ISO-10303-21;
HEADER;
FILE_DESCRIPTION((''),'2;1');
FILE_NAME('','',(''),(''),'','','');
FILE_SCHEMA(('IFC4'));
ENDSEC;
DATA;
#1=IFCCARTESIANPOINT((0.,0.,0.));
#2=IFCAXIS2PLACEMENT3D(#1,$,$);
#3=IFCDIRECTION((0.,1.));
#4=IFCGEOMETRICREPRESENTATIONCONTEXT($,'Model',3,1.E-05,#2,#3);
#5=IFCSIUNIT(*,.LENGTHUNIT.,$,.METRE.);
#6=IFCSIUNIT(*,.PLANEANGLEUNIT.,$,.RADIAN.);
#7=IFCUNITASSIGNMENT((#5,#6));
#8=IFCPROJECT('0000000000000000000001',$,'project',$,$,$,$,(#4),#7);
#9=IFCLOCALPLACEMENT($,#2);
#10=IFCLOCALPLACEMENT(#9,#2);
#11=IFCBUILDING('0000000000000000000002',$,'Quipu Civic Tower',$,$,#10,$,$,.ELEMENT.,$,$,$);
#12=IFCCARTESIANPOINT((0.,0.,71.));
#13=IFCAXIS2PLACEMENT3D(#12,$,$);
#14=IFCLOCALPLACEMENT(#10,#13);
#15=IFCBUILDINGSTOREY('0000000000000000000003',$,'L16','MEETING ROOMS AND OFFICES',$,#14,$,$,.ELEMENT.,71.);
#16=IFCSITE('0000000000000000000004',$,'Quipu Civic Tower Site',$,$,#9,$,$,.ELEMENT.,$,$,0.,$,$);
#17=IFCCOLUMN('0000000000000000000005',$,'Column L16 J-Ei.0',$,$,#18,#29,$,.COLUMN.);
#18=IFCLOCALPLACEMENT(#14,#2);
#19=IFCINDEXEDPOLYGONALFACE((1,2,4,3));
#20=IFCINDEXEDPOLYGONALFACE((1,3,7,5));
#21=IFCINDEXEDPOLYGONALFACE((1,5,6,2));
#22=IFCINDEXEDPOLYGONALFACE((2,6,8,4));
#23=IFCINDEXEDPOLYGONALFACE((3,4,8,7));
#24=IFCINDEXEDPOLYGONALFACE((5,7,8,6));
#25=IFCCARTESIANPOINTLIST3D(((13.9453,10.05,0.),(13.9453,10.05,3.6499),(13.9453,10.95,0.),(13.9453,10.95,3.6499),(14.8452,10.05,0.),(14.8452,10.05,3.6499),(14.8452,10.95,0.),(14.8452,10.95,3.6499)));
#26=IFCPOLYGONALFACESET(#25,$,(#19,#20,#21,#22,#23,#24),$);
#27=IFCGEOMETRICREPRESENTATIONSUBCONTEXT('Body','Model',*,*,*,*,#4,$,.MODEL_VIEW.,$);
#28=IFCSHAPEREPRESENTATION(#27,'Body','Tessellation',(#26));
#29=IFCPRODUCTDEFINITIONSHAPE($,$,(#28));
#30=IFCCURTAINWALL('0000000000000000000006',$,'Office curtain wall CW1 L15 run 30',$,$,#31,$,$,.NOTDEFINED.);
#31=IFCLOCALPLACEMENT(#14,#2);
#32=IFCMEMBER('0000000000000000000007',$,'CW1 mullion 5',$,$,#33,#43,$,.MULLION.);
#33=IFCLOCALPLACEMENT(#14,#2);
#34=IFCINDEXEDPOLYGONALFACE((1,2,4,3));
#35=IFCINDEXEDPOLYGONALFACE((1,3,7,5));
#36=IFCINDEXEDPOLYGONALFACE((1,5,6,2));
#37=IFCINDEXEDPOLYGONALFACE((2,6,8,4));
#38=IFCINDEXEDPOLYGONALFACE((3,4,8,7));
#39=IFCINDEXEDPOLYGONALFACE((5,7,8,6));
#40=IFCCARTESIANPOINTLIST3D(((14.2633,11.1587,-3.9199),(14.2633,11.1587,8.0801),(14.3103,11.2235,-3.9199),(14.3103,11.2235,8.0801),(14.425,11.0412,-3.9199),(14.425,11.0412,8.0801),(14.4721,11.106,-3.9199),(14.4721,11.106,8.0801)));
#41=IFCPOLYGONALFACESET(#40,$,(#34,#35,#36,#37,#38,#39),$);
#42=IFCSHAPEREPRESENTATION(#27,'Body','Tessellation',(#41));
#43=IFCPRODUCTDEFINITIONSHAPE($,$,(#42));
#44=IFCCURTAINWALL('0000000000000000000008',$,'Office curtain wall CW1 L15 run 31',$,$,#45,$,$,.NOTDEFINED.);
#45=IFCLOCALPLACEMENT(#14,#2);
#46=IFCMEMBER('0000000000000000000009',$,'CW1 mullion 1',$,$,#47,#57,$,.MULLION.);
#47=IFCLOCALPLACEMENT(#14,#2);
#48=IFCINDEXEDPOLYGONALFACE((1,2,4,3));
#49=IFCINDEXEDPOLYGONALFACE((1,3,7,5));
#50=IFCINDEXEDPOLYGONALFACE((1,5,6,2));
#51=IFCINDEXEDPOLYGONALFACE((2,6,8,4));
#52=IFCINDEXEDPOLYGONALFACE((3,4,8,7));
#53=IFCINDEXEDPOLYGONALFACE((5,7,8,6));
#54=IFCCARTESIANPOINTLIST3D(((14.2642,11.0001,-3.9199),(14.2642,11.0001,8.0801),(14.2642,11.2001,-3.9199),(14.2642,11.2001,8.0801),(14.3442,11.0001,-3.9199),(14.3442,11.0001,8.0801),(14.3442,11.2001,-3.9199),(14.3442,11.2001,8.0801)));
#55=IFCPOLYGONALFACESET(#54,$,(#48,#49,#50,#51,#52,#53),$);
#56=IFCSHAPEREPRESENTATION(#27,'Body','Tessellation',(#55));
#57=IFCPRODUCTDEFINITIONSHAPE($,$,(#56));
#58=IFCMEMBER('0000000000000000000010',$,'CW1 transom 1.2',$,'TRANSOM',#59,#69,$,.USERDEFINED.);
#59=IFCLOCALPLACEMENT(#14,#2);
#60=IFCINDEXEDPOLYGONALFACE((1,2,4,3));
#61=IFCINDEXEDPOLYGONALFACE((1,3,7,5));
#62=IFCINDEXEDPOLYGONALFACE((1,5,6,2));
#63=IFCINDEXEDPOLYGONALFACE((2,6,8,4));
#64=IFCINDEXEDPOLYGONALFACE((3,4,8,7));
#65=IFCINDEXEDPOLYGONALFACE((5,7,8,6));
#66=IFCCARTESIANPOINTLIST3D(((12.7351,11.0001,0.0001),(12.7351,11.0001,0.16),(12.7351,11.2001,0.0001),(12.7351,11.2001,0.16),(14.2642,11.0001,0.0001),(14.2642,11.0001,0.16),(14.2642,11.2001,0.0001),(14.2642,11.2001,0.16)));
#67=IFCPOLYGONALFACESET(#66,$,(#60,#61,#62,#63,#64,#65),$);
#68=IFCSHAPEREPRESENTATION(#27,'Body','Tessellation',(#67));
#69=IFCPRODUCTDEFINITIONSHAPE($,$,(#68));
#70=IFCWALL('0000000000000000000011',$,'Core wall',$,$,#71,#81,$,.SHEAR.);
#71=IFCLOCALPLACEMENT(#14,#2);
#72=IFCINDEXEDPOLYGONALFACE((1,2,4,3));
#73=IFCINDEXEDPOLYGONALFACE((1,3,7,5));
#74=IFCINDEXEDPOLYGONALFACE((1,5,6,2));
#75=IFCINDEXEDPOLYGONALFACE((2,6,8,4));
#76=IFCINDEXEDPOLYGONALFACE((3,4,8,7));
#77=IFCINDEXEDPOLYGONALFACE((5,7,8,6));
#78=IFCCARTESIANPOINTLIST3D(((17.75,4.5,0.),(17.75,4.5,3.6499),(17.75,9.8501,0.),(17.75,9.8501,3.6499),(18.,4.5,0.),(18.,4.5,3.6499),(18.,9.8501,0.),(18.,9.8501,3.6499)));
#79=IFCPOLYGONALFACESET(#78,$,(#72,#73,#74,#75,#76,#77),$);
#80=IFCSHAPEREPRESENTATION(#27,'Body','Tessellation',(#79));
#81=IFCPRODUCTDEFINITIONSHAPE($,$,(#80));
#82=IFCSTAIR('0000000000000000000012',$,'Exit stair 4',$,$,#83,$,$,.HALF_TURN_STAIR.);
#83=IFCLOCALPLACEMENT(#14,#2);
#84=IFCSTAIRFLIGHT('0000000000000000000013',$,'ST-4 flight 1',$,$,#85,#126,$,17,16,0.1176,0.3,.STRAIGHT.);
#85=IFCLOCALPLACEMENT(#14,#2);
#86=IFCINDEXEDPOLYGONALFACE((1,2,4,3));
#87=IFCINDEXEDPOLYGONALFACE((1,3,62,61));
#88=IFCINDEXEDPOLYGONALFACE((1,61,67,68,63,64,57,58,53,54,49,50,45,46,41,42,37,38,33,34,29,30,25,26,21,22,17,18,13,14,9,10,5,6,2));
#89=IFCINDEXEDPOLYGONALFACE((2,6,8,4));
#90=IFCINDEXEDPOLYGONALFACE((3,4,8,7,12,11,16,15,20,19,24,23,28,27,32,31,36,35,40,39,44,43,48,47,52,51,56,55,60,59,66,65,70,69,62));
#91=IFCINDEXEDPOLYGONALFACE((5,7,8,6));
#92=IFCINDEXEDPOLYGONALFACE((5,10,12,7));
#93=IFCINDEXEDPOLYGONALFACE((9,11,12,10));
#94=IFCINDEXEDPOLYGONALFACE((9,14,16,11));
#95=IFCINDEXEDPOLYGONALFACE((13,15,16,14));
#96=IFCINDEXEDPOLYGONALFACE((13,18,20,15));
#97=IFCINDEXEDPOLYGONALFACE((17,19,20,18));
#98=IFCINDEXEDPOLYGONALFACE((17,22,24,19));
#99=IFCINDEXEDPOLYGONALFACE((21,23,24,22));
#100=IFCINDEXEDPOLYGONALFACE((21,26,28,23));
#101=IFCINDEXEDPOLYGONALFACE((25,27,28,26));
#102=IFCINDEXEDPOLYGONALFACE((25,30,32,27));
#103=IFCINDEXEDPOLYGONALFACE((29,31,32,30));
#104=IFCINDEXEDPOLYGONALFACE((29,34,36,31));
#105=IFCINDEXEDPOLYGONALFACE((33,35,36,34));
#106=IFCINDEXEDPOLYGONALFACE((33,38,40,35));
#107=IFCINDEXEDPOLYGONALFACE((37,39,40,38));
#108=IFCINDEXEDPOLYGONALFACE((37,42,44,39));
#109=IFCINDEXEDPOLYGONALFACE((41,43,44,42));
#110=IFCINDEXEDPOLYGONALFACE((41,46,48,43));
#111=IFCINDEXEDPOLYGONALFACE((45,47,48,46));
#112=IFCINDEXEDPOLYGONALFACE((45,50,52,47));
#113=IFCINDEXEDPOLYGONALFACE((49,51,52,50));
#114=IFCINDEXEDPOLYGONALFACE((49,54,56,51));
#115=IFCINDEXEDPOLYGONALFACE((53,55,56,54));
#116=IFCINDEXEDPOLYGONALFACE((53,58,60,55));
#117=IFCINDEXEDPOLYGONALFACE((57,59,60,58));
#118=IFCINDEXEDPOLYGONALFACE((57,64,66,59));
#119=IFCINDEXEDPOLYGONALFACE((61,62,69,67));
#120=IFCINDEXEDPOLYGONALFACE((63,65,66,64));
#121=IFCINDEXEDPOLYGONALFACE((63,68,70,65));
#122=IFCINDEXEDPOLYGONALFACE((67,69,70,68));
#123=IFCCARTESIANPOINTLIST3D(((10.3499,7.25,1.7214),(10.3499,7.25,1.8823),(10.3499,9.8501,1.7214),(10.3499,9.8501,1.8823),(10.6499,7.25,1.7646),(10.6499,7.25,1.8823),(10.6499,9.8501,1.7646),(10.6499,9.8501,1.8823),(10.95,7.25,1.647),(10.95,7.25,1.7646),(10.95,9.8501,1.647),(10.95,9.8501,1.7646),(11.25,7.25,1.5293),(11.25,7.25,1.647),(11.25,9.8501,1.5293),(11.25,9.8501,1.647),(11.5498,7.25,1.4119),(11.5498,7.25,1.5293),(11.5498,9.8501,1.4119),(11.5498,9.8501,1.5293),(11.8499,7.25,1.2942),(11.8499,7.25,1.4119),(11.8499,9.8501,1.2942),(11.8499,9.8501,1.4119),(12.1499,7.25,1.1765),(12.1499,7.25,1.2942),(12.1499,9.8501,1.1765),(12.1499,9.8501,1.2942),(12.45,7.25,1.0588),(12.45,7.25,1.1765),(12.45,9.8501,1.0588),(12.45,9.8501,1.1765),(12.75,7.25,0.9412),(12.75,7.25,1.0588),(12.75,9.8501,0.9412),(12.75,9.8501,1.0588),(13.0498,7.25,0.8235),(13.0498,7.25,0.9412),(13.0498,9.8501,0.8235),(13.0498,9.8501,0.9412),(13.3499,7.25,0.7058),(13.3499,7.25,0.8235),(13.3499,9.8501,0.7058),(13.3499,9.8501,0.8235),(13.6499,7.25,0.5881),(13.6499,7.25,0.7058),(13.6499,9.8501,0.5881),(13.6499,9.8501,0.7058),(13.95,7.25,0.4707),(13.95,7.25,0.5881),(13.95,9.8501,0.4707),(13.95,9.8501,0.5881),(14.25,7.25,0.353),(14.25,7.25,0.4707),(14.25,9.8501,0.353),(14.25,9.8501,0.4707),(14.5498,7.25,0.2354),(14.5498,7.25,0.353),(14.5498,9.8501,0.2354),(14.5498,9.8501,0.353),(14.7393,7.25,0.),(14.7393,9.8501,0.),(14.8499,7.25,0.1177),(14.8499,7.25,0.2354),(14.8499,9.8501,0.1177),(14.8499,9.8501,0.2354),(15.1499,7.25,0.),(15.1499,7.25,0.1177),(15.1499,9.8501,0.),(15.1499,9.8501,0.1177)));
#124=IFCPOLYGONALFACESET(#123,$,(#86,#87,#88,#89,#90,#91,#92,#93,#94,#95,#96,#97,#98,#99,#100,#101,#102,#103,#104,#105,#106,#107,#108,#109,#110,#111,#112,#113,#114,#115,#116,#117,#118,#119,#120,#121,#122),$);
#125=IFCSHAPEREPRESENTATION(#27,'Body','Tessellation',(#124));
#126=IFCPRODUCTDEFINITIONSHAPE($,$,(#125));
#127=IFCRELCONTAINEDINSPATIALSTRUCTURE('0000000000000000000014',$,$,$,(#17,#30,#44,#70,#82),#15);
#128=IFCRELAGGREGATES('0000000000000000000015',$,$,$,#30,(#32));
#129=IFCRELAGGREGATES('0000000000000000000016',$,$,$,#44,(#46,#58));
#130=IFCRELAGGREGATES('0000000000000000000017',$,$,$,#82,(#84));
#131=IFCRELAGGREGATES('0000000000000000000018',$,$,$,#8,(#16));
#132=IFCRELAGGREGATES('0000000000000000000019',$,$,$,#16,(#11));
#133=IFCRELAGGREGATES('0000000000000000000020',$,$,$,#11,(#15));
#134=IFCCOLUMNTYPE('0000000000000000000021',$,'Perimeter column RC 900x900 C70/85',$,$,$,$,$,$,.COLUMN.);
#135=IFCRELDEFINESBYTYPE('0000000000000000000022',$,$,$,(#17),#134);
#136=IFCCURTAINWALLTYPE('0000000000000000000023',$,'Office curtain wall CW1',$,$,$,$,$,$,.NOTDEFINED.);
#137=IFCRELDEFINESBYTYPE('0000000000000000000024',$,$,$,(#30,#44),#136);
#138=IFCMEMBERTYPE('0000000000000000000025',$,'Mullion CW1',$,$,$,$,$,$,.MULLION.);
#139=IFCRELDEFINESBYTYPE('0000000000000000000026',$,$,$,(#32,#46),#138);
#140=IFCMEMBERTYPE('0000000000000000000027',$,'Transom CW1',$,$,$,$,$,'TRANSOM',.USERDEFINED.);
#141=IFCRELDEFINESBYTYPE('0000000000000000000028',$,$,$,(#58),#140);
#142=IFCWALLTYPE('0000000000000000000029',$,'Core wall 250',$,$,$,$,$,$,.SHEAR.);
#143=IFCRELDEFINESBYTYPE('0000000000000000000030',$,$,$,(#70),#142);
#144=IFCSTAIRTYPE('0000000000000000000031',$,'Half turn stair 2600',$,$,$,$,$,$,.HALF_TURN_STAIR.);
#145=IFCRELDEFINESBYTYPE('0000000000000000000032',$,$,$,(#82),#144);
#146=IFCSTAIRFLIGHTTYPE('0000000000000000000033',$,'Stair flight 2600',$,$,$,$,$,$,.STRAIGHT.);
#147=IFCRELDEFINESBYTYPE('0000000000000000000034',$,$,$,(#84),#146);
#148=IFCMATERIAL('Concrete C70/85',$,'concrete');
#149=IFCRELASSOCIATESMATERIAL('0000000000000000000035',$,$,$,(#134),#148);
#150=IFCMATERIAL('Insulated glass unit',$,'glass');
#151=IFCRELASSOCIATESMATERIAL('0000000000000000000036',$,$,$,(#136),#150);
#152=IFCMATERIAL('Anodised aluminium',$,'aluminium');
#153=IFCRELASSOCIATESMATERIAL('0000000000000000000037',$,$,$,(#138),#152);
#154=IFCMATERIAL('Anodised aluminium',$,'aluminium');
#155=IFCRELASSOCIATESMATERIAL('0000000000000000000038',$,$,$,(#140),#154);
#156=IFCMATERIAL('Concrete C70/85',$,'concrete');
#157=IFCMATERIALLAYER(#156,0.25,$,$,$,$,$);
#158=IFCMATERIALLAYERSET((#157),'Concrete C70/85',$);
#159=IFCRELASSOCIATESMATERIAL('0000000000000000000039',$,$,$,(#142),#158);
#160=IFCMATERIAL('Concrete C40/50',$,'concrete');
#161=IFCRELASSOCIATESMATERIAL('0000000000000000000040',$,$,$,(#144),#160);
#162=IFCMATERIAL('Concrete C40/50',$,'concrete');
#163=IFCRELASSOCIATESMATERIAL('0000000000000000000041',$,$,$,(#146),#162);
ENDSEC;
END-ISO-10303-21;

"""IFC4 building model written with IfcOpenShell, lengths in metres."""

from ifc_helpers import new_model, si_unit, direction, frame, frame_2d, origin, origin_2d, place, context, subcontext, project, spatial, polyline, rectangle, outline, extrude, material, layer, layer_set, material_profile, profile_set, type_object, element, aggregate, save


model = new_model("IFC4")

# Units and contexts
model_context = context("Model", 3, precision=1e-05, world=origin(), true_north=direction((0.0, 1.0)))
body_context = subcontext(model_context, "Body", "Model", "MODEL_VIEW")
ifc_project = project(units=[si_unit("LENGTHUNIT", "METRE"), si_unit("PLANEANGLEUNIT", "RADIAN")], contexts=[model_context])

# Site, building, storey
site_placement = place(None, origin())
site = spatial("IfcSite", under=ifc_project, at=site_placement, Name="Quipu Civic Tower Site", CompositionType="ELEMENT", RefElevation=0.0)
building_placement = place(site_placement, origin())
building = spatial("IfcBuilding", under=site, at=building_placement, Name="Quipu Civic Tower", CompositionType="ELEMENT")
storey_placement = place(building_placement, frame((0.0, 0.0, 71.0)))
storey = spatial("IfcBuildingStorey", under=building, at=storey_placement, Name="L16", Description="MEETING ROOMS AND OFFICES", CompositionType="ELEMENT", Elevation=71.0)

# Column
ifc_material_1 = material(Name="Concrete C70/85", Category="concrete")
ifc_material_profile_1 = material_profile(ifc_material_1, rectangle(XDim=0.8999, YDim=0.8999, at=origin_2d()), Name="RC900x900")
ifc_profile_set_1 = profile_set([ifc_material_profile_1], Name="Concrete C70/85")
column_type = type_object("IfcColumnType", Name="Perimeter column RC 900x900 C70/85", PredefinedType="COLUMN", material=ifc_profile_set_1)
column_placement = place(storey_placement, frame((14.3953, 10.5, 0.0), z_axis=(0.0, 0.0, 1.0), x_axis=(-1.0, 0.0, 0.0)))
element("IfcColumn", 1, at=column_placement, inside=storey, type_object=column_type, Name="Column L16 J-Ei.0", PredefinedType="COLUMN", context=body_context, shape_type="SweptSolid", body=[
    extrude(rectangle(XDim=0.8999, YDim=0.8999, at=origin_2d()), origin(), (0.0, 0.0, 1.0), 3.6499),
])

# Curtain wall, member
ifc_material_2 = material(Name="Insulated glass unit", Category="glass")
curtain_wall_type = type_object("IfcCurtainWallType", Name="Office curtain wall CW1", PredefinedType="NOTDEFINED", material=ifc_material_2)
curtain_wall_1_placement = place(storey_placement, origin())
curtain_wall_1 = element("IfcCurtainWall", 2, at=curtain_wall_1_placement, inside=storey, type_object=curtain_wall_type, Name="Office curtain wall CW1 L15 run 30", PredefinedType="NOTDEFINED")
ifc_material_3 = material(Name="Anodised aluminium", Category="aluminium")
ifc_material_profile_2 = material_profile(ifc_material_3, rectangle(XDim=0.2, YDim=0.0801, at=origin_2d()), Name="RECT 200x80")
ifc_profile_set_2 = profile_set([ifc_material_profile_2], Name="Anodised aluminium")
member_type_1 = type_object("IfcMemberType", Name="Mullion CW1", PredefinedType="MULLION", material=ifc_profile_set_2)
member_1_placement = place(storey_placement, frame((14.3677, 11.1323, -3.9199), z_axis=(0.0, 0.0, 1.0), x_axis=(0.809017, -0.587786, 0.0)))
member_1 = element("IfcMember", 3, at=member_1_placement, type_object=member_type_1, Name="CW1 mullion 5", PredefinedType="MULLION", context=body_context, shape_type="SweptSolid", body=[
    extrude(rectangle(XDim=0.2, YDim=0.0801, at=origin_2d()), origin(), (0.0, 0.0, 1.0), 12.0),
])
aggregate(curtain_wall_1, [member_1])

# Curtain wall, members
curtain_wall_2_placement = place(storey_placement, origin())
curtain_wall_2 = element("IfcCurtainWall", 4, at=curtain_wall_2_placement, inside=storey, type_object=curtain_wall_type, Name="Office curtain wall CW1 L15 run 31", PredefinedType="NOTDEFINED")
member_2_placement = place(storey_placement, frame((14.3042, 11.1001, -3.9199), z_axis=(0.0, 0.0, 1.0), x_axis=(0.0, -1.0, 0.0)))
member_2 = element("IfcMember", 5, at=member_2_placement, type_object=member_type_1, Name="CW1 mullion 1", PredefinedType="MULLION", context=body_context, shape_type="SweptSolid", body=[
    extrude(rectangle(XDim=0.2, YDim=0.0801, at=origin_2d()), origin(), (0.0, 0.0, 1.0), 12.0),
])
ifc_material_4 = material(Name="Anodised aluminium", Category="aluminium")
ifc_material_profile_3 = material_profile(ifc_material_4, rectangle(XDim=0.2, YDim=0.1599, at=origin_2d()), Name="RECT 200x160")
ifc_profile_set_3 = profile_set([ifc_material_profile_3], Name="Anodised aluminium")
member_type_2 = type_object("IfcMemberType", Name="Transom CW1", ElementType="TRANSOM", PredefinedType="USERDEFINED", material=ifc_profile_set_3)
member_3_placement = place(storey_placement, frame((14.2642, 11.1001, 0.0801), z_axis=(-1.0, 0.0, 0.0), x_axis=(0.0, -1.0, 0.0)))
member_3 = element("IfcMember", 6, at=member_3_placement, type_object=member_type_2, Name="CW1 transom 1.2", ObjectType="TRANSOM", PredefinedType="USERDEFINED", context=body_context, shape_type="SweptSolid", body=[
    extrude(rectangle(XDim=0.2, YDim=0.1599, at=origin_2d()), origin(), (0.0, 0.0, 1.0), 1.5291),
])
aggregate(curtain_wall_2, [member_2, member_3])

# Wall
ifc_material_5 = material(Name="Concrete C70/85", Category="concrete")
ifc_layer = layer(ifc_material_5, 0.25)
ifc_layer_set = layer_set([ifc_layer], Name="Concrete C70/85")
wall_type = type_object("IfcWallType", Name="Core wall 250", PredefinedType="SHEAR", material=ifc_layer_set)
wall_placement = place(storey_placement, frame((17.875, 4.5, 0.0), z_axis=(0.0, 0.0, 1.0), x_axis=(0.0, 1.0, 0.0)))
element("IfcWall", 7, at=wall_placement, inside=storey, type_object=wall_type, Name="Core wall", PredefinedType="SHEAR", context=body_context, shape_type="SweptSolid", body=[
    extrude(rectangle(XDim=5.3501, YDim=0.25, at=frame_2d((2.675, 0.0))), origin(), (0.0, 0.0, 1.0), 3.6499),
])

# Stair, stair flight
ifc_material_6 = material(Name="Concrete C40/50", Category="concrete")
stair_type = type_object("IfcStairType", Name="Half turn stair 2600", PredefinedType="HALF_TURN_STAIR", material=ifc_material_6)
stair_placement = place(storey_placement, origin())
stair = element("IfcStair", 8, at=stair_placement, inside=storey, type_object=stair_type, Name="Exit stair 4", PredefinedType="HALF_TURN_STAIR")
ifc_material_7 = material(Name="Concrete C40/50", Category="concrete")
stair_flight_type = type_object("IfcStairFlightType", Name="Stair flight 2600", PredefinedType="STRAIGHT", material=ifc_material_7)
stair_flight_placement = place(storey_placement, frame((15.1499, 8.55, 0.0), z_axis=(0.0, 0.0, 1.0), x_axis=(-1.0, 0.0, 0.0)))
stair_flight = element("IfcStairFlight", 9, at=stair_flight_placement, type_object=stair_flight_type, Name="ST-4 flight 1", NumberOfRisers=17, NumberOfTreads=16, PredefinedType="STRAIGHT", RiserHeight=0.1176, TreadLength=0.3, context=body_context, shape_type="SweptSolid", body=[
    extrude(outline(polyline([(0.0, 0.0), (0.0, 0.1177), (0.3, 0.1177), (0.3, 0.2354), (0.6001, 0.2354), (0.6001, 0.353), (0.8999, 0.353), (0.8999, 0.4707), (1.2, 0.4707), (1.2, 0.5881), (1.5, 0.5881), (1.5, 0.7058), (1.8, 0.7058), (1.8, 0.8235), (2.1001, 0.8235), (2.1001, 0.9412), (2.3999, 0.9412), (2.3999, 1.0588), (2.7, 1.0588), (2.7, 1.1765), (3.0, 1.1765), (3.0, 1.2942), (3.3, 1.2942), (3.3, 1.4119), (3.6001, 1.4119), (3.6001, 1.5293), (3.8999, 1.5293), (3.8999, 1.647), (4.2, 1.647), (4.2, 1.7646), (4.5, 1.7646), (4.5, 1.8823), (4.8, 1.8823), (4.8, 2.0), (4.8, 1.7214), (0.4106, 0.0), (0.0, 0.0)])), frame((0.0, 1.3, 0.0), z_axis=(0.0, -1.0, 0.0), x_axis=(1.0, 0.0, 0.0)), (0.0, 0.0, 1.0), 2.6001),
])
aggregate(stair, [stair_flight])

save(model, "model.ifc")
